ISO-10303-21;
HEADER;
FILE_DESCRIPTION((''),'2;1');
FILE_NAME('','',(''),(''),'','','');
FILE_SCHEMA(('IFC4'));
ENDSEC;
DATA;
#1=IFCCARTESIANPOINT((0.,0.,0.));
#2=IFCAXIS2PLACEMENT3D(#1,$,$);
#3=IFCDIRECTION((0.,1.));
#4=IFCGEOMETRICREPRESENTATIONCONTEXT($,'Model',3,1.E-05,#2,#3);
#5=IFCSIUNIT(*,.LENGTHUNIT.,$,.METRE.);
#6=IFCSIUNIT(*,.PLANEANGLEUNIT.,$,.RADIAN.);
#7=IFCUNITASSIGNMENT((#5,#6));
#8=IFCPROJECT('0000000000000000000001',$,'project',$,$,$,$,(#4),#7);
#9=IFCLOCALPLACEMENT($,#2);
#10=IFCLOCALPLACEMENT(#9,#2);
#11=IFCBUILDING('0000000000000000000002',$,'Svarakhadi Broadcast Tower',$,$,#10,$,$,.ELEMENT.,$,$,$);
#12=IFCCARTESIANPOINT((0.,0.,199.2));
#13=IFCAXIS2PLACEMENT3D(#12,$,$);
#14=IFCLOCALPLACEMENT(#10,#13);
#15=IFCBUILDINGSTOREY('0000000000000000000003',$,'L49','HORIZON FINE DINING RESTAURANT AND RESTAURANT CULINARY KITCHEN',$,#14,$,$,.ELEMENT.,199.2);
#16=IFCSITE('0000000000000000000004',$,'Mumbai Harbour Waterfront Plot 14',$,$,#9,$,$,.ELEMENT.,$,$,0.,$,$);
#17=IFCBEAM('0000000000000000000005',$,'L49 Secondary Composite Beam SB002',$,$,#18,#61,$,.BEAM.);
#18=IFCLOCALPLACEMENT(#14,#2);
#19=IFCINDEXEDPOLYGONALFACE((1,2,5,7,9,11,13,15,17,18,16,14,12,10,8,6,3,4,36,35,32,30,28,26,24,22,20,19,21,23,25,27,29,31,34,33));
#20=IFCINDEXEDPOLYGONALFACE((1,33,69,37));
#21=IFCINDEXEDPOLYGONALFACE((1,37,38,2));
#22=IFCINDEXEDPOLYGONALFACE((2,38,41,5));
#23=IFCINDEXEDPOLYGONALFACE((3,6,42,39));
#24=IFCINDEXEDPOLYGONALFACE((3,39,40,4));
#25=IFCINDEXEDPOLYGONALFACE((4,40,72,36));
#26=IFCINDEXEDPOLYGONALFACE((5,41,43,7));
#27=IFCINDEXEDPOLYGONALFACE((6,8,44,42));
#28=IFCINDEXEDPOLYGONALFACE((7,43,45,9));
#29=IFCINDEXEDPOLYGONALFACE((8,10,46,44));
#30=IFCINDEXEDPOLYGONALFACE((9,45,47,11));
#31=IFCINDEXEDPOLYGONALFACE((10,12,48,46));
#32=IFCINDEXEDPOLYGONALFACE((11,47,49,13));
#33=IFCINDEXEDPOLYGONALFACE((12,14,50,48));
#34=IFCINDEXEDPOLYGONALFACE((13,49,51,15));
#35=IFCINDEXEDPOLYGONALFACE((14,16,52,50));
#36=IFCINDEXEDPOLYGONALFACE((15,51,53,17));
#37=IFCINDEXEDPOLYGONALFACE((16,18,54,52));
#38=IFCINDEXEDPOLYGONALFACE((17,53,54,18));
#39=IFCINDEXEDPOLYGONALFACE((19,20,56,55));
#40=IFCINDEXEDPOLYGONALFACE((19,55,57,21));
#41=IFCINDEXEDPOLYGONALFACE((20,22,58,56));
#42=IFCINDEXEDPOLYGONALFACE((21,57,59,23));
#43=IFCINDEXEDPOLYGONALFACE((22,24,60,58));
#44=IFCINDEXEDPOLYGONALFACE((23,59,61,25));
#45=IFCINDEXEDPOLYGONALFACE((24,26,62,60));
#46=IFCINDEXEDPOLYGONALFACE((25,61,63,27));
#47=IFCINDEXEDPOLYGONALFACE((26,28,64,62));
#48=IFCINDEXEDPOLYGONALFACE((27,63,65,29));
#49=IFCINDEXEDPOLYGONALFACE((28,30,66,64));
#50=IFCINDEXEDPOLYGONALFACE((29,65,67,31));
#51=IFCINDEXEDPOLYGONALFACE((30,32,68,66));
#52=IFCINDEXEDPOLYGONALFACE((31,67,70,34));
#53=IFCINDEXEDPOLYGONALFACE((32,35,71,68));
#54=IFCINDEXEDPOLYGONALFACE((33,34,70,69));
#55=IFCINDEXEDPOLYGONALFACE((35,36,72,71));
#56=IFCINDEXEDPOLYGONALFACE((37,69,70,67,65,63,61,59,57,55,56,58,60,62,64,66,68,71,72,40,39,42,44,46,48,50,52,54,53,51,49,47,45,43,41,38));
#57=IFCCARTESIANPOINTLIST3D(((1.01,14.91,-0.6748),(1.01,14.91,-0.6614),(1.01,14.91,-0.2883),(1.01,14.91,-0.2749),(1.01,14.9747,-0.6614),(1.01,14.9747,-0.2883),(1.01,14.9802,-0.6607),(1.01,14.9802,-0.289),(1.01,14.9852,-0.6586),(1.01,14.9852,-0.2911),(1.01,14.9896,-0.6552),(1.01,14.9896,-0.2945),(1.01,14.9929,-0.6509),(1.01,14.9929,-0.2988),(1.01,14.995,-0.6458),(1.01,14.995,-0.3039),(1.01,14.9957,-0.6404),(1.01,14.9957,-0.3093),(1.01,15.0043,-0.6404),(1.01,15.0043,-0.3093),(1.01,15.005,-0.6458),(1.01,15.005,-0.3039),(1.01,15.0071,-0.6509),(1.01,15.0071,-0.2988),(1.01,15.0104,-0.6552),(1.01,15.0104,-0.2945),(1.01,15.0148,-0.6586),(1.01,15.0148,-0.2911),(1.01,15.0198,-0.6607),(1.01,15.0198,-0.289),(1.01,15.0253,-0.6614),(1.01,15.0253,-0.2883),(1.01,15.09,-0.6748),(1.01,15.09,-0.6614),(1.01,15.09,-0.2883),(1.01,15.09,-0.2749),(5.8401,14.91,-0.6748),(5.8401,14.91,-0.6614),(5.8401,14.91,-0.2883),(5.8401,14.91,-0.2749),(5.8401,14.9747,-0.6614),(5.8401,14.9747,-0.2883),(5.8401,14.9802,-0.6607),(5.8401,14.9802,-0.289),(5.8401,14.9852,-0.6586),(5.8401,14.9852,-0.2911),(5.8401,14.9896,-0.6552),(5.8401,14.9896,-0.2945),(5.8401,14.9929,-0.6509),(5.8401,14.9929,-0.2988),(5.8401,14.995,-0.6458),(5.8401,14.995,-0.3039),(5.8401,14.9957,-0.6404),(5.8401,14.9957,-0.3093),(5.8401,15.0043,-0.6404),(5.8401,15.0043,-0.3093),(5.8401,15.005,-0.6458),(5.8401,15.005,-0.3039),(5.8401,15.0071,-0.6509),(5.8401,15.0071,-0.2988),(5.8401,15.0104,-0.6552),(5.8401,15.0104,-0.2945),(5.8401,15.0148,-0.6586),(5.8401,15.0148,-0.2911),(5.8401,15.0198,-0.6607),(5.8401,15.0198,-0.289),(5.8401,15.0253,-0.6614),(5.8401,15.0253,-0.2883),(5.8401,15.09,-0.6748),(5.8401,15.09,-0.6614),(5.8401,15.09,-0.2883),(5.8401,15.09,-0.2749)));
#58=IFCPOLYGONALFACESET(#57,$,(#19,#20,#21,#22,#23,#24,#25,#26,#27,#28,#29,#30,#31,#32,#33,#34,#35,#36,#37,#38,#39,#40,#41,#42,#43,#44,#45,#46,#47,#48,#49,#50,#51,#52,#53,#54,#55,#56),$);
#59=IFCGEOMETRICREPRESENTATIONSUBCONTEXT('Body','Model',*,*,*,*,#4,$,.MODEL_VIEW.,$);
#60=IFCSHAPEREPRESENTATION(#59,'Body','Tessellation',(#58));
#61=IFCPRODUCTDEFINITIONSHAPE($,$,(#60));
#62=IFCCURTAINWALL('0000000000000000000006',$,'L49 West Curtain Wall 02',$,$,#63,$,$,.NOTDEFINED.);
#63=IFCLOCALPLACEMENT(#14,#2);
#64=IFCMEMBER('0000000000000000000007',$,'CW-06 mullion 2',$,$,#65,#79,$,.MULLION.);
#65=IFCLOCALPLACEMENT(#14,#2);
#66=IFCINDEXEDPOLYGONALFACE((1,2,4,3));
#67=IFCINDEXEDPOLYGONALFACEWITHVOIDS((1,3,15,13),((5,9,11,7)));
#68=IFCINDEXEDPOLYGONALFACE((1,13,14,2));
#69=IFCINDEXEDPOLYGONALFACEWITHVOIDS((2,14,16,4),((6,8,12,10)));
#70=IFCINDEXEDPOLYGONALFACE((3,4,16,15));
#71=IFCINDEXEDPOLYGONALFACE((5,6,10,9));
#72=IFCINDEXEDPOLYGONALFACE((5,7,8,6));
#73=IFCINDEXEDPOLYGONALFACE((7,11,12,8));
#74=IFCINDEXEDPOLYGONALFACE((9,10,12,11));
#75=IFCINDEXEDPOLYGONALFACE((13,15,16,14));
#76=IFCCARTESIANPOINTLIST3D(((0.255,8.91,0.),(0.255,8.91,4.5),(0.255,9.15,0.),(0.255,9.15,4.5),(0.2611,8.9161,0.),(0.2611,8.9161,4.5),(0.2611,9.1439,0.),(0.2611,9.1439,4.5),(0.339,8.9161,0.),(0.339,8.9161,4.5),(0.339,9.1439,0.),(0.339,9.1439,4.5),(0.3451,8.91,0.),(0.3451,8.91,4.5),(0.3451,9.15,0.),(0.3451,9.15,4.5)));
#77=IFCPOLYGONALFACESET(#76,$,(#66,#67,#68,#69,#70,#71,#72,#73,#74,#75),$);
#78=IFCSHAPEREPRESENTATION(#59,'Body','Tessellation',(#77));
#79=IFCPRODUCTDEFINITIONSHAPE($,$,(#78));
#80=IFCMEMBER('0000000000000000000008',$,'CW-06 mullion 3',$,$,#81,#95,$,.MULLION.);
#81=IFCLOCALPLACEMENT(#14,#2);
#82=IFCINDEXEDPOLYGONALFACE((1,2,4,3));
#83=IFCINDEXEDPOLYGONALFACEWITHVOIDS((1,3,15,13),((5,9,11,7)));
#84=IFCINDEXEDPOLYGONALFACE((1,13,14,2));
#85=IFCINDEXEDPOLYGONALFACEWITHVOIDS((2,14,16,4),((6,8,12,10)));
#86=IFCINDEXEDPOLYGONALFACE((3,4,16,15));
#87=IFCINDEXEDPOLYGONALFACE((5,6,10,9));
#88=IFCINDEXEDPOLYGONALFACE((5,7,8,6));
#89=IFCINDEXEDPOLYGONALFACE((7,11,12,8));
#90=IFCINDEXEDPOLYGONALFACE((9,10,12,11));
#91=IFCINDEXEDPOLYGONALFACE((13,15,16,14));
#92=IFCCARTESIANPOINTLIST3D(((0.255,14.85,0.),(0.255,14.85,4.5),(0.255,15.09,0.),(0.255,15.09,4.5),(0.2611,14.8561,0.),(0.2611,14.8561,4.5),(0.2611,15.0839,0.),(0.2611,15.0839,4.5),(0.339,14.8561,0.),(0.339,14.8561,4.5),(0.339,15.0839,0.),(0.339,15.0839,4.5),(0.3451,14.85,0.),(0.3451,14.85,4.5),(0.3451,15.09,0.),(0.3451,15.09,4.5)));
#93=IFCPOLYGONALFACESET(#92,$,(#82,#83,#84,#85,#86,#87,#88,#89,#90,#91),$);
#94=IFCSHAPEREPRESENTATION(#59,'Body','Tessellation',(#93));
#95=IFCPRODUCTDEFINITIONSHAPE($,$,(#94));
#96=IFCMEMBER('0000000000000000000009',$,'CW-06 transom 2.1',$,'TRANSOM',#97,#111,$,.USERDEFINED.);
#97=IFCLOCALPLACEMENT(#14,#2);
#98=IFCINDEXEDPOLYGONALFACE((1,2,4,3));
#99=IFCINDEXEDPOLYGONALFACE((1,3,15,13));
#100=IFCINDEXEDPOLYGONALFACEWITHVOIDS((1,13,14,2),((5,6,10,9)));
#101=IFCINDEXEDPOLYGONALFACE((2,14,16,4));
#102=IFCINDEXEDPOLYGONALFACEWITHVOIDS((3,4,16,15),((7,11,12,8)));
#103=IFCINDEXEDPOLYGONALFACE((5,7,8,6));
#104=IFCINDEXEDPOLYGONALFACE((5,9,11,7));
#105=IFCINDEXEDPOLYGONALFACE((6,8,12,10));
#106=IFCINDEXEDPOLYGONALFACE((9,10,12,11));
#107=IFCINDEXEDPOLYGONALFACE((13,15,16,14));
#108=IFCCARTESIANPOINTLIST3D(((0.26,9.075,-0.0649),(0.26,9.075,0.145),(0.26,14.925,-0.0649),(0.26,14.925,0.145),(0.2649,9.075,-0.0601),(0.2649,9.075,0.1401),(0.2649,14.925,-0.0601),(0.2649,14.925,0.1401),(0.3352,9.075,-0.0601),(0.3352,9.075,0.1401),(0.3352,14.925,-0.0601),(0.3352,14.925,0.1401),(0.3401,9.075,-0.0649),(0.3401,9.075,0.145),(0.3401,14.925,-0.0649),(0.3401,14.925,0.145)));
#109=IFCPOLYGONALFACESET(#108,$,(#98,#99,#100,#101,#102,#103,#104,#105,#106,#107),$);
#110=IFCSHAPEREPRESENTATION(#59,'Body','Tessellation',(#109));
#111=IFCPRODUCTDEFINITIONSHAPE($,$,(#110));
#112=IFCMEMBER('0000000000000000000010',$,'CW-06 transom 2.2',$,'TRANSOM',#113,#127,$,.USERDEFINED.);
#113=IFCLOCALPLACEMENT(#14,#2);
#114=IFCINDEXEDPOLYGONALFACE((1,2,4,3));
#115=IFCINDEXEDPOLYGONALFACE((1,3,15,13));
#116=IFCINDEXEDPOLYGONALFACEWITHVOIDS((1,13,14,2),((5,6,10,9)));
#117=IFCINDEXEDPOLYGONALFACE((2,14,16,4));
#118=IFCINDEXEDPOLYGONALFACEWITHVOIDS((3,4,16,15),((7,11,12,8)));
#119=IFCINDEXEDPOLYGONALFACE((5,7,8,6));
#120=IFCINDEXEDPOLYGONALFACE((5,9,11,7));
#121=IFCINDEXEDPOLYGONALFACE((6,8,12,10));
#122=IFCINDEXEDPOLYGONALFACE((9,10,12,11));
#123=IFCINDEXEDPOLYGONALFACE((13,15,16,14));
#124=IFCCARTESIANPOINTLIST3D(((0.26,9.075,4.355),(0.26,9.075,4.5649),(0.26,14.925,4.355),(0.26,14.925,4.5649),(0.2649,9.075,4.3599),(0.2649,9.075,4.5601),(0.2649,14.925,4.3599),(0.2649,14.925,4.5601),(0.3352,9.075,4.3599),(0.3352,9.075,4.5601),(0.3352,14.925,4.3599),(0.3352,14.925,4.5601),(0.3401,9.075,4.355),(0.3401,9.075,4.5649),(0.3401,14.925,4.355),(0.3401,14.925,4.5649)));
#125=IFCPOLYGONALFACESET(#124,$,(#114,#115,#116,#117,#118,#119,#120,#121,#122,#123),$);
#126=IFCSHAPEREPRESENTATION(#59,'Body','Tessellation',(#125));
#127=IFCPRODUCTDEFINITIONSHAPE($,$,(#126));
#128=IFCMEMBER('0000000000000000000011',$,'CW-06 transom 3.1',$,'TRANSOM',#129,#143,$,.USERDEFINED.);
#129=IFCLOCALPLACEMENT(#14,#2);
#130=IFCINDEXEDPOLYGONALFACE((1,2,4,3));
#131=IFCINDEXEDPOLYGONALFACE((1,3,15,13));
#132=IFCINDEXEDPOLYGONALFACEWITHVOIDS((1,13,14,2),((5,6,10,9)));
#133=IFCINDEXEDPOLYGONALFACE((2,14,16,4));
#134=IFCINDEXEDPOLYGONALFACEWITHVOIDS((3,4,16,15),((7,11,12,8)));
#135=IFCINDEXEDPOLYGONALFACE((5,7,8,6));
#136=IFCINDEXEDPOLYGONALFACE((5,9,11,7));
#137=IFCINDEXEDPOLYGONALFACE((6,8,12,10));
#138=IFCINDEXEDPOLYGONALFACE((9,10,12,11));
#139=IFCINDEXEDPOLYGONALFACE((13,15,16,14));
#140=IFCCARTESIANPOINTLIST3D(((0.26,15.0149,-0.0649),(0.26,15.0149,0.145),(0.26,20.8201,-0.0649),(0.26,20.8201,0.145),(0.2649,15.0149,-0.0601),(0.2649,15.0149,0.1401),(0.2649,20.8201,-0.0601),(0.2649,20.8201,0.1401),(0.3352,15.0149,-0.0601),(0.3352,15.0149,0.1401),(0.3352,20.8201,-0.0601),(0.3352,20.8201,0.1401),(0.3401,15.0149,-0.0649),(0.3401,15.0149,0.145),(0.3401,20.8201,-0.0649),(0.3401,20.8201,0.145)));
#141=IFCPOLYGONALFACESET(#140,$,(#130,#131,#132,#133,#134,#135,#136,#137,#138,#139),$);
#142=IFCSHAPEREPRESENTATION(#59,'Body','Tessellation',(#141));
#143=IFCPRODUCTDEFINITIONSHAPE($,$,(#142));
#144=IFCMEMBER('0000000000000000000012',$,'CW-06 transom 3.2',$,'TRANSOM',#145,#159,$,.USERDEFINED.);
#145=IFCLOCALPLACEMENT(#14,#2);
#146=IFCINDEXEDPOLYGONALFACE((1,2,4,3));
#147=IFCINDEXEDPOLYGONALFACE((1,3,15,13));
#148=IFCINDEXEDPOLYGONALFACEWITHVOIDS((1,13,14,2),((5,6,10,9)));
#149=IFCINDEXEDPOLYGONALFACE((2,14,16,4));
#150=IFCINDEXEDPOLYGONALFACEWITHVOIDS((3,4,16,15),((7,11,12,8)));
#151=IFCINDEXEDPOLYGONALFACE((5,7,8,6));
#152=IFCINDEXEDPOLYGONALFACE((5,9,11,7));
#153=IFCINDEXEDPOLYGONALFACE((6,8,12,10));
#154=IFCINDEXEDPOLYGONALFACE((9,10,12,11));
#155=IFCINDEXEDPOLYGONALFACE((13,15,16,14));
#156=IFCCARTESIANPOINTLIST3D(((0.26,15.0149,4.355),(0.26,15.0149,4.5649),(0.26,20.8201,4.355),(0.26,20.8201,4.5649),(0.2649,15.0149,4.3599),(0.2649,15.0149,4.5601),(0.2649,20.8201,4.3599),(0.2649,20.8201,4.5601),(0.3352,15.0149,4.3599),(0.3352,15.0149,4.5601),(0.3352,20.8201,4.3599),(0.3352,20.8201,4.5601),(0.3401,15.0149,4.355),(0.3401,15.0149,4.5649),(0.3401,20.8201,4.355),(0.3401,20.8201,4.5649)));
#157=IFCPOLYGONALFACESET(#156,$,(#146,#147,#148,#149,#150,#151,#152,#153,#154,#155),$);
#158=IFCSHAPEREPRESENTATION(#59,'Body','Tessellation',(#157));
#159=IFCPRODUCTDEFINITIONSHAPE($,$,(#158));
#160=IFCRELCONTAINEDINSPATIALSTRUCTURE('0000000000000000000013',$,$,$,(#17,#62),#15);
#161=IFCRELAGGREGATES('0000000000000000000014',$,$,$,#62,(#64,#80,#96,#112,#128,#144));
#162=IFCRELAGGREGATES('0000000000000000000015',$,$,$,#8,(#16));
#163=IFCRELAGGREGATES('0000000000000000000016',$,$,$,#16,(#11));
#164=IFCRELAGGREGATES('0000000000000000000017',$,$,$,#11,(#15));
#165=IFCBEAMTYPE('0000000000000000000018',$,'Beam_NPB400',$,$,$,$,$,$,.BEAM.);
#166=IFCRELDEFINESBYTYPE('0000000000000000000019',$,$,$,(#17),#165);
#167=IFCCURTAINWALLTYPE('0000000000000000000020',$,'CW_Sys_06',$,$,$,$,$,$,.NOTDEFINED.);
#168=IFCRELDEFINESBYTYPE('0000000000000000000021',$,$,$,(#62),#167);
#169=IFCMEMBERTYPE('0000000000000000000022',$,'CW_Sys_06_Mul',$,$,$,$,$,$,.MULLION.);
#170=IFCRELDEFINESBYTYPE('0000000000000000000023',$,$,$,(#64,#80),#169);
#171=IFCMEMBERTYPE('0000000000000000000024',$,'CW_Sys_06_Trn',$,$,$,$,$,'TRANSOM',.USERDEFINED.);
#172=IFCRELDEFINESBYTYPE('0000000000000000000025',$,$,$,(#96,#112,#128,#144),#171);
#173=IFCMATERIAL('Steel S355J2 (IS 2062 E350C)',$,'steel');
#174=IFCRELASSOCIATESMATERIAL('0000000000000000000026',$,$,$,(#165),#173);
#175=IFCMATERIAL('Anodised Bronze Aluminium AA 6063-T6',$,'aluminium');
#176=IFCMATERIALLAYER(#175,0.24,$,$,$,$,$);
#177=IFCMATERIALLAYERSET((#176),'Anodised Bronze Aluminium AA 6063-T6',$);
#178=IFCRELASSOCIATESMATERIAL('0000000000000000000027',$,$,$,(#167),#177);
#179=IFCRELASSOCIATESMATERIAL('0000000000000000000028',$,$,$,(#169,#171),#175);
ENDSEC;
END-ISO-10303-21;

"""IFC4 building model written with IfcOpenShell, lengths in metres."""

from ifc_helpers import new_model, si_unit, direction, frame, origin, origin_2d, place, context, subcontext, project, spatial, hollow_rectangle, i_section, extrude, material, layer, layer_set, material_profile, profile_set, type_object, element, aggregate, save


model = new_model("IFC4")

# Units and contexts
model_context = context("Model", 3, precision=1e-05, world=origin(), true_north=direction((0.0, 1.0)))
body_context = subcontext(model_context, "Body", "Model", "MODEL_VIEW")
ifc_project = project(units=[si_unit("LENGTHUNIT", "METRE"), si_unit("PLANEANGLEUNIT", "RADIAN")], contexts=[model_context])

# Site, building, storey
site_placement = place(None, origin())
site = spatial("IfcSite", under=ifc_project, at=site_placement, Name="Mumbai Harbour Waterfront Plot 14", CompositionType="ELEMENT", RefElevation=0.0)
building_placement = place(site_placement, origin())
building = spatial("IfcBuilding", under=site, at=building_placement, Name="Svarakhadi Broadcast Tower", CompositionType="ELEMENT")
storey_placement = place(building_placement, frame((0.0, 0.0, 199.2)))
storey = spatial("IfcBuildingStorey", under=building, at=storey_placement, Name="L49", Description="HORIZON FINE DINING RESTAURANT AND RESTAURANT CULINARY KITCHEN", CompositionType="ELEMENT", Elevation=199.2)

# Beam
ifc_material_1 = material(Name="Steel S355J2 (IS 2062 E350C)", Category="steel")
ifc_material_profile_1 = material_profile(ifc_material_1, i_section(OverallWidth=0.1799, OverallDepth=0.3999, WebThickness=0.0085, FlangeThickness=0.0134, FilletRadius=0.021, at=origin_2d()), Name="NPB 400x180x66")
ifc_profile_set_1 = profile_set([ifc_material_profile_1], Name="Steel S355J2 (IS 2062 E350C)")
beam_type_1 = type_object("IfcBeamType", Name="Beam_NPB400", PredefinedType="BEAM", material=ifc_profile_set_1)
for number, where, z_axis, x_axis, name in (
    (1, (1.01, 15.0, -0.4749), (1.0, 0.0, 0.0), (0.0, 1.0, 0.0), "L49 Secondary Composite Beam SB002"),
):
    element("IfcBeam", number, at=place(storey_placement, frame(where, z_axis=z_axis, x_axis=x_axis)), inside=storey, type_object=beam_type_1, Name=name, PredefinedType="BEAM", context=body_context, shape_type="SweptSolid", body=[
        extrude(i_section(OverallWidth=0.1799, OverallDepth=0.3999, WebThickness=0.0085, FlangeThickness=0.0134, FilletRadius=0.021, at=origin_2d()), origin(), (0.0, 0.0, 1.0), 4.8301),
    ])

# Curtain wall, members
ifc_material_2 = material(Name="Anodised Bronze Aluminium AA 6063-T6", Category="aluminium")
ifc_layer_1 = layer(ifc_material_2, 0.24)
ifc_layer_set_1 = layer_set([ifc_layer_1], Name="Anodised Bronze Aluminium AA 6063-T6")
curtain_wall_type = type_object("IfcCurtainWallType", Name="CW_Sys_06", PredefinedType="NOTDEFINED", material=ifc_layer_set_1)
curtain_wall_placement = place(storey_placement, origin())
curtain_wall = element("IfcCurtainWall", 2, at=curtain_wall_placement, inside=storey, type_object=curtain_wall_type, Name="L49 West Curtain Wall 02", PredefinedType="NOTDEFINED")
ifc_material_profile_2 = material_profile(ifc_material_2, hollow_rectangle(XDim=0.0901, YDim=0.24, WallThickness=0.0061, at=origin_2d()), Name="ALU MULLION 240x90x6")
ifc_profile_set_2 = profile_set([ifc_material_profile_2], Name="Anodised Bronze Aluminium AA 6063-T6")
member_type_1 = type_object("IfcMemberType", Name="CW_Sys_06_Mul", PredefinedType="MULLION", material=ifc_profile_set_2)
member_1_placement = place(storey_placement, frame((0.3, 9.03, 0.0), z_axis=(0.0, 0.0, 1.0), x_axis=(-1.0, 0.0, 0.0)))
member_1 = element("IfcMember", 3, at=member_1_placement, type_object=member_type_1, Name="CW-06 mullion 2", PredefinedType="MULLION", context=body_context, shape_type="SweptSolid", body=[
    extrude(hollow_rectangle(XDim=0.0901, YDim=0.24, WallThickness=0.0061, at=origin_2d()), origin(), (0.0, 0.0, 1.0), 4.5),
])
member_2_placement = place(storey_placement, frame((0.3, 14.97, 0.0), z_axis=(0.0, 0.0, 1.0), x_axis=(-1.0, 0.0, 0.0)))
member_2 = element("IfcMember", 4, at=member_2_placement, type_object=member_type_1, Name="CW-06 mullion 3", PredefinedType="MULLION", context=body_context, shape_type="SweptSolid", body=[
    extrude(hollow_rectangle(XDim=0.0901, YDim=0.24, WallThickness=0.0061, at=origin_2d()), origin(), (0.0, 0.0, 1.0), 4.5),
])
ifc_material_profile_3 = material_profile(ifc_material_2, hollow_rectangle(XDim=0.0801, YDim=0.21, WallThickness=0.0049, at=origin_2d()), Name="ALU TRANSOM 210x80x5")
ifc_profile_set_3 = profile_set([ifc_material_profile_3], Name="Anodised Bronze Aluminium AA 6063-T6")
member_type_2 = type_object("IfcMemberType", Name="CW_Sys_06_Trn", ElementType="TRANSOM", PredefinedType="USERDEFINED", material=ifc_profile_set_3)
member_3_placement = place(storey_placement, frame((0.3, 9.075, 0.04), z_axis=(0.0, 1.0, 0.0), x_axis=(-1.0, 0.0, 0.0)))
member_3 = element("IfcMember", 5, at=member_3_placement, type_object=member_type_2, Name="CW-06 transom 2.1", ObjectType="TRANSOM", PredefinedType="USERDEFINED", context=body_context, shape_type="SweptSolid", body=[
    extrude(hollow_rectangle(XDim=0.0801, YDim=0.21, WallThickness=0.0049, at=origin_2d()), origin(), (0.0, 0.0, 1.0), 5.8501),
])
member_4_placement = place(storey_placement, frame((0.3, 9.075, 4.46), z_axis=(0.0, 1.0, 0.0), x_axis=(-1.0, 0.0, 0.0)))
member_4 = element("IfcMember", 6, at=member_4_placement, type_object=member_type_2, Name="CW-06 transom 2.2", ObjectType="TRANSOM", PredefinedType="USERDEFINED", context=body_context, shape_type="SweptSolid", body=[
    extrude(hollow_rectangle(XDim=0.0801, YDim=0.21, WallThickness=0.0049, at=origin_2d()), origin(), (0.0, 0.0, 1.0), 5.8501),
])
member_5_placement = place(storey_placement, frame((0.3, 15.0149, 0.04), z_axis=(0.0, 1.0, 0.0), x_axis=(-1.0, 0.0, 0.0)))
member_5 = element("IfcMember", 7, at=member_5_placement, type_object=member_type_2, Name="CW-06 transom 3.1", ObjectType="TRANSOM", PredefinedType="USERDEFINED", context=body_context, shape_type="SweptSolid", body=[
    extrude(hollow_rectangle(XDim=0.0801, YDim=0.21, WallThickness=0.0049, at=origin_2d()), origin(), (0.0, 0.0, 1.0), 5.8052),
])
member_6_placement = place(storey_placement, frame((0.3, 15.0149, 4.46), z_axis=(0.0, 1.0, 0.0), x_axis=(-1.0, 0.0, 0.0)))
member_6 = element("IfcMember", 8, at=member_6_placement, type_object=member_type_2, Name="CW-06 transom 3.2", ObjectType="TRANSOM", PredefinedType="USERDEFINED", context=body_context, shape_type="SweptSolid", body=[
    extrude(hollow_rectangle(XDim=0.0801, YDim=0.21, WallThickness=0.0049, at=origin_2d()), origin(), (0.0, 0.0, 1.0), 5.8052),
])

aggregate(curtain_wall, [member_1, member_2, member_3, member_4, member_5, member_6])

save(model, "model.ifc")
